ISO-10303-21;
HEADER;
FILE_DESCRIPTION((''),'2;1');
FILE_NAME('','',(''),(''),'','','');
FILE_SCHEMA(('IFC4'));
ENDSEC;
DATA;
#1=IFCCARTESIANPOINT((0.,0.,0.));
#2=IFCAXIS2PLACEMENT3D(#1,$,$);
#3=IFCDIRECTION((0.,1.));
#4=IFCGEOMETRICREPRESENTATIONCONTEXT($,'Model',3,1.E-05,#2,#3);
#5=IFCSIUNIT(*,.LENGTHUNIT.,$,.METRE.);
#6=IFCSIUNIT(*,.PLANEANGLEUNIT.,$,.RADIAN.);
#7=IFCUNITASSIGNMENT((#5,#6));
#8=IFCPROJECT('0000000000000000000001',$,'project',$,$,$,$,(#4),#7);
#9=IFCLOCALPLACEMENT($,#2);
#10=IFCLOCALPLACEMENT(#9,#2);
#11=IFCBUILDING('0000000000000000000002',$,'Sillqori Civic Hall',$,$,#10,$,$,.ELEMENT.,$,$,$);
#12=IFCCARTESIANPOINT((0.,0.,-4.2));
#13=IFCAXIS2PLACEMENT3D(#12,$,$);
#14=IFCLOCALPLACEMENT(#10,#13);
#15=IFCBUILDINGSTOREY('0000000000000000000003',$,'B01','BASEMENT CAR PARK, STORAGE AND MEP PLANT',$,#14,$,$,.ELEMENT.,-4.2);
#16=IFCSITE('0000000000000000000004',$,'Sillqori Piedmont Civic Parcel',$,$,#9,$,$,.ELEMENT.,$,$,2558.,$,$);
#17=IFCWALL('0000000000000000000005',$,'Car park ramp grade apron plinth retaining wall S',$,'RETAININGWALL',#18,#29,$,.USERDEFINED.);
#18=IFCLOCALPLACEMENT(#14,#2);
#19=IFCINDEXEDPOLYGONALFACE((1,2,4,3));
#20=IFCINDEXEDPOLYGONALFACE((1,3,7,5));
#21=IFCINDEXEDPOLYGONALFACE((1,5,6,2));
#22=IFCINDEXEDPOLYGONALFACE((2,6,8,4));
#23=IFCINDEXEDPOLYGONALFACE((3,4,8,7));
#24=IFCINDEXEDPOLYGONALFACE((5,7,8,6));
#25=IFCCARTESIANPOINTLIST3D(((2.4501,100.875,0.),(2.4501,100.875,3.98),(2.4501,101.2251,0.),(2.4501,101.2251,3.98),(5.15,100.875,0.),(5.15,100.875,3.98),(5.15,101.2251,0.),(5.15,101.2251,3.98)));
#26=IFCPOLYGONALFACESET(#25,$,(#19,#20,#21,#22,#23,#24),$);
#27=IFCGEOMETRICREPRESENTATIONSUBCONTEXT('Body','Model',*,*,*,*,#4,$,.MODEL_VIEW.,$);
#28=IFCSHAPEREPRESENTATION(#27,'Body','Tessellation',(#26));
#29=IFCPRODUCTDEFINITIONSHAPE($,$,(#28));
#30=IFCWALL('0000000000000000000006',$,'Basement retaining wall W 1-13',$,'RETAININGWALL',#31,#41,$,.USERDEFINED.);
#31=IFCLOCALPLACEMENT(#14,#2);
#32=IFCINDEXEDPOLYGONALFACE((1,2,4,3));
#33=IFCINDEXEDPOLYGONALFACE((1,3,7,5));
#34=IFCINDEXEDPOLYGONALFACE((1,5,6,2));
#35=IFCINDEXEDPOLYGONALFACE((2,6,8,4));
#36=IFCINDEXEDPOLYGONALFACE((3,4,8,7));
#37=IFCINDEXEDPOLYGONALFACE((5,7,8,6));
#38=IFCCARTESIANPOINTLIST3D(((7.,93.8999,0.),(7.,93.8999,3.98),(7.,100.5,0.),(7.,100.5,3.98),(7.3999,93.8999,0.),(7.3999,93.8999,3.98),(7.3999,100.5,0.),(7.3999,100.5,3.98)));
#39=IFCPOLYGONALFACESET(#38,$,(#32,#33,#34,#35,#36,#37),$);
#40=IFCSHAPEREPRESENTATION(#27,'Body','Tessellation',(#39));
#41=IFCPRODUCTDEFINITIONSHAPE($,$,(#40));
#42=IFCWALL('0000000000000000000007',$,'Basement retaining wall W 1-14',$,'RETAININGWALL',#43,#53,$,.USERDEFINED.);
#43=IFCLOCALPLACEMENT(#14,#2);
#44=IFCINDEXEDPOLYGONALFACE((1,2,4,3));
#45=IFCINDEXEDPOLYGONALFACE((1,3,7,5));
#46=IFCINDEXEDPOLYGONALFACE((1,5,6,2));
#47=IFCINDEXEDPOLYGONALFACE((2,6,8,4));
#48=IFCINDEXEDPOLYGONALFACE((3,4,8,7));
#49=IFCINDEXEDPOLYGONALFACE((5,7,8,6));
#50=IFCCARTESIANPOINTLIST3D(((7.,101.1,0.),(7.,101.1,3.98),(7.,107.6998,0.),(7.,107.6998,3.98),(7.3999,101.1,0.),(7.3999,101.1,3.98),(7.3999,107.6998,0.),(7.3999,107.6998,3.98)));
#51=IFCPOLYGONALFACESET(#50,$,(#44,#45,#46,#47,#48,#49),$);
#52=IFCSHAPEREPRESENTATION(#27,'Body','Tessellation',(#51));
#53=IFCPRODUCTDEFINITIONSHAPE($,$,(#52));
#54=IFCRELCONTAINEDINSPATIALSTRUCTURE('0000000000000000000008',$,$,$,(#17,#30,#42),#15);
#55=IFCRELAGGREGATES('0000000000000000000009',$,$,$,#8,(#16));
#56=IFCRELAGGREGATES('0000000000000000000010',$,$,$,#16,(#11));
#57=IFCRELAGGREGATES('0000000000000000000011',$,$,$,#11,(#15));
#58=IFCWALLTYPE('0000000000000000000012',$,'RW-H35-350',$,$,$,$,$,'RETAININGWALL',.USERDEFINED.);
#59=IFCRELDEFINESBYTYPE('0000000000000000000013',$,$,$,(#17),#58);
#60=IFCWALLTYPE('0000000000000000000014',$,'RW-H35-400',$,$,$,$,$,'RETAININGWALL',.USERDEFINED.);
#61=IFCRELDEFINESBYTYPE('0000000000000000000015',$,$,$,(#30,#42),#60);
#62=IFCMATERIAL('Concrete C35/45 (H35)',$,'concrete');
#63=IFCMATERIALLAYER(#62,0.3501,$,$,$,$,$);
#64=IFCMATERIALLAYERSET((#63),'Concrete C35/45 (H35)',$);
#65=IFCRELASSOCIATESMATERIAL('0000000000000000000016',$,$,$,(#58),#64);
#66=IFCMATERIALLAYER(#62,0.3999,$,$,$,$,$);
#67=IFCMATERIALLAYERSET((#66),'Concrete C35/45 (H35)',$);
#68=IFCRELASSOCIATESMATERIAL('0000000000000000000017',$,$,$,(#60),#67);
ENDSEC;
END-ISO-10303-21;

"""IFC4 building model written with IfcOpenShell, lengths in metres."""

from ifc_helpers import new_model, si_unit, direction, frame, frame_2d, origin, place, context, subcontext, project, spatial, rectangle, extrude, material, layer, layer_set, type_object, element, save


model = new_model("IFC4")

# Units and contexts
model_context = context("Model", 3, precision=1e-05, world=origin(), true_north=direction((0.0, 1.0)))
body_context = subcontext(model_context, "Body", "Model", "MODEL_VIEW")
ifc_project = project(units=[si_unit("LENGTHUNIT", "METRE"), si_unit("PLANEANGLEUNIT", "RADIAN")], contexts=[model_context])

# Site, building, storey
site_placement = place(None, origin())
site = spatial("IfcSite", under=ifc_project, at=site_placement, Name="Sillqori Piedmont Civic Parcel", CompositionType="ELEMENT", RefElevation=2558.0)
building_placement = place(site_placement, origin())
building = spatial("IfcBuilding", under=site, at=building_placement, Name="Sillqori Civic Hall", CompositionType="ELEMENT")
storey_placement = place(building_placement, frame((0.0, 0.0, -4.2)))
storey = spatial("IfcBuildingStorey", under=building, at=storey_placement, Name="B01", Description="BASEMENT CAR PARK, STORAGE AND MEP PLANT", CompositionType="ELEMENT", Elevation=-4.2)

# Shared definitions
ifc_material_1 = material(Name="Concrete C35/45 (H35)", Category="concrete")

# Walls
ifc_layer_1 = layer(ifc_material_1, 0.3501)
ifc_layer_set_1 = layer_set([ifc_layer_1], Name="Concrete C35/45 (H35)")
wall_type_1 = type_object("IfcWallType", Name="RW-H35-350", ElementType="RETAININGWALL", PredefinedType="USERDEFINED", material=ifc_layer_set_1)
wall_1_placement = place(storey_placement, frame((2.45, 101.05, 0.0), z_axis=(0.0, 0.0, 1.0), x_axis=(1.0, 0.0, 0.0)))
element("IfcWall", 1, at=wall_1_placement, inside=storey, type_object=wall_type_1, Name="Car park ramp grade apron plinth retaining wall S", ObjectType="RETAININGWALL", PredefinedType="USERDEFINED", context=body_context, shape_type="SweptSolid", body=[
    extrude(rectangle(XDim=2.7, YDim=0.3501, at=frame_2d((1.3501, 0.0))), origin(), (0.0, 0.0, 1.0), 3.98),
])
ifc_layer_2 = layer(ifc_material_1, 0.3999)
ifc_layer_set_2 = layer_set([ifc_layer_2], Name="Concrete C35/45 (H35)")
wall_type_2 = type_object("IfcWallType", Name="RW-H35-400", ElementType="RETAININGWALL", PredefinedType="USERDEFINED", material=ifc_layer_set_2)
wall_2_placement = place(storey_placement, frame((7.2, 93.8999, 0.0), z_axis=(0.0, 0.0, 1.0), x_axis=(0.0, 1.0, 0.0)))
element("IfcWall", 2, at=wall_2_placement, inside=storey, type_object=wall_type_2, Name="Basement retaining wall W 1-13", ObjectType="RETAININGWALL", PredefinedType="USERDEFINED", context=body_context, shape_type="SweptSolid", body=[
    extrude(rectangle(XDim=6.6001, YDim=0.3999, at=frame_2d((3.3, 0.0))), origin(), (0.0, 0.0, 1.0), 3.98),
])
wall_3_placement = place(storey_placement, frame((7.2, 101.1001, 0.0), z_axis=(0.0, 0.0, 1.0), x_axis=(0.0, 1.0, 0.0)))
element("IfcWall", 3, at=wall_3_placement, inside=storey, type_object=wall_type_2, Name="Basement retaining wall W 1-14", ObjectType="RETAININGWALL", PredefinedType="USERDEFINED", context=body_context, shape_type="SweptSolid", body=[
    extrude(rectangle(XDim=6.5999, YDim=0.3999, at=frame_2d((3.2998, 0.0))), origin(), (0.0, 0.0, 1.0), 3.98),
])

save(model, "model.ifc")
